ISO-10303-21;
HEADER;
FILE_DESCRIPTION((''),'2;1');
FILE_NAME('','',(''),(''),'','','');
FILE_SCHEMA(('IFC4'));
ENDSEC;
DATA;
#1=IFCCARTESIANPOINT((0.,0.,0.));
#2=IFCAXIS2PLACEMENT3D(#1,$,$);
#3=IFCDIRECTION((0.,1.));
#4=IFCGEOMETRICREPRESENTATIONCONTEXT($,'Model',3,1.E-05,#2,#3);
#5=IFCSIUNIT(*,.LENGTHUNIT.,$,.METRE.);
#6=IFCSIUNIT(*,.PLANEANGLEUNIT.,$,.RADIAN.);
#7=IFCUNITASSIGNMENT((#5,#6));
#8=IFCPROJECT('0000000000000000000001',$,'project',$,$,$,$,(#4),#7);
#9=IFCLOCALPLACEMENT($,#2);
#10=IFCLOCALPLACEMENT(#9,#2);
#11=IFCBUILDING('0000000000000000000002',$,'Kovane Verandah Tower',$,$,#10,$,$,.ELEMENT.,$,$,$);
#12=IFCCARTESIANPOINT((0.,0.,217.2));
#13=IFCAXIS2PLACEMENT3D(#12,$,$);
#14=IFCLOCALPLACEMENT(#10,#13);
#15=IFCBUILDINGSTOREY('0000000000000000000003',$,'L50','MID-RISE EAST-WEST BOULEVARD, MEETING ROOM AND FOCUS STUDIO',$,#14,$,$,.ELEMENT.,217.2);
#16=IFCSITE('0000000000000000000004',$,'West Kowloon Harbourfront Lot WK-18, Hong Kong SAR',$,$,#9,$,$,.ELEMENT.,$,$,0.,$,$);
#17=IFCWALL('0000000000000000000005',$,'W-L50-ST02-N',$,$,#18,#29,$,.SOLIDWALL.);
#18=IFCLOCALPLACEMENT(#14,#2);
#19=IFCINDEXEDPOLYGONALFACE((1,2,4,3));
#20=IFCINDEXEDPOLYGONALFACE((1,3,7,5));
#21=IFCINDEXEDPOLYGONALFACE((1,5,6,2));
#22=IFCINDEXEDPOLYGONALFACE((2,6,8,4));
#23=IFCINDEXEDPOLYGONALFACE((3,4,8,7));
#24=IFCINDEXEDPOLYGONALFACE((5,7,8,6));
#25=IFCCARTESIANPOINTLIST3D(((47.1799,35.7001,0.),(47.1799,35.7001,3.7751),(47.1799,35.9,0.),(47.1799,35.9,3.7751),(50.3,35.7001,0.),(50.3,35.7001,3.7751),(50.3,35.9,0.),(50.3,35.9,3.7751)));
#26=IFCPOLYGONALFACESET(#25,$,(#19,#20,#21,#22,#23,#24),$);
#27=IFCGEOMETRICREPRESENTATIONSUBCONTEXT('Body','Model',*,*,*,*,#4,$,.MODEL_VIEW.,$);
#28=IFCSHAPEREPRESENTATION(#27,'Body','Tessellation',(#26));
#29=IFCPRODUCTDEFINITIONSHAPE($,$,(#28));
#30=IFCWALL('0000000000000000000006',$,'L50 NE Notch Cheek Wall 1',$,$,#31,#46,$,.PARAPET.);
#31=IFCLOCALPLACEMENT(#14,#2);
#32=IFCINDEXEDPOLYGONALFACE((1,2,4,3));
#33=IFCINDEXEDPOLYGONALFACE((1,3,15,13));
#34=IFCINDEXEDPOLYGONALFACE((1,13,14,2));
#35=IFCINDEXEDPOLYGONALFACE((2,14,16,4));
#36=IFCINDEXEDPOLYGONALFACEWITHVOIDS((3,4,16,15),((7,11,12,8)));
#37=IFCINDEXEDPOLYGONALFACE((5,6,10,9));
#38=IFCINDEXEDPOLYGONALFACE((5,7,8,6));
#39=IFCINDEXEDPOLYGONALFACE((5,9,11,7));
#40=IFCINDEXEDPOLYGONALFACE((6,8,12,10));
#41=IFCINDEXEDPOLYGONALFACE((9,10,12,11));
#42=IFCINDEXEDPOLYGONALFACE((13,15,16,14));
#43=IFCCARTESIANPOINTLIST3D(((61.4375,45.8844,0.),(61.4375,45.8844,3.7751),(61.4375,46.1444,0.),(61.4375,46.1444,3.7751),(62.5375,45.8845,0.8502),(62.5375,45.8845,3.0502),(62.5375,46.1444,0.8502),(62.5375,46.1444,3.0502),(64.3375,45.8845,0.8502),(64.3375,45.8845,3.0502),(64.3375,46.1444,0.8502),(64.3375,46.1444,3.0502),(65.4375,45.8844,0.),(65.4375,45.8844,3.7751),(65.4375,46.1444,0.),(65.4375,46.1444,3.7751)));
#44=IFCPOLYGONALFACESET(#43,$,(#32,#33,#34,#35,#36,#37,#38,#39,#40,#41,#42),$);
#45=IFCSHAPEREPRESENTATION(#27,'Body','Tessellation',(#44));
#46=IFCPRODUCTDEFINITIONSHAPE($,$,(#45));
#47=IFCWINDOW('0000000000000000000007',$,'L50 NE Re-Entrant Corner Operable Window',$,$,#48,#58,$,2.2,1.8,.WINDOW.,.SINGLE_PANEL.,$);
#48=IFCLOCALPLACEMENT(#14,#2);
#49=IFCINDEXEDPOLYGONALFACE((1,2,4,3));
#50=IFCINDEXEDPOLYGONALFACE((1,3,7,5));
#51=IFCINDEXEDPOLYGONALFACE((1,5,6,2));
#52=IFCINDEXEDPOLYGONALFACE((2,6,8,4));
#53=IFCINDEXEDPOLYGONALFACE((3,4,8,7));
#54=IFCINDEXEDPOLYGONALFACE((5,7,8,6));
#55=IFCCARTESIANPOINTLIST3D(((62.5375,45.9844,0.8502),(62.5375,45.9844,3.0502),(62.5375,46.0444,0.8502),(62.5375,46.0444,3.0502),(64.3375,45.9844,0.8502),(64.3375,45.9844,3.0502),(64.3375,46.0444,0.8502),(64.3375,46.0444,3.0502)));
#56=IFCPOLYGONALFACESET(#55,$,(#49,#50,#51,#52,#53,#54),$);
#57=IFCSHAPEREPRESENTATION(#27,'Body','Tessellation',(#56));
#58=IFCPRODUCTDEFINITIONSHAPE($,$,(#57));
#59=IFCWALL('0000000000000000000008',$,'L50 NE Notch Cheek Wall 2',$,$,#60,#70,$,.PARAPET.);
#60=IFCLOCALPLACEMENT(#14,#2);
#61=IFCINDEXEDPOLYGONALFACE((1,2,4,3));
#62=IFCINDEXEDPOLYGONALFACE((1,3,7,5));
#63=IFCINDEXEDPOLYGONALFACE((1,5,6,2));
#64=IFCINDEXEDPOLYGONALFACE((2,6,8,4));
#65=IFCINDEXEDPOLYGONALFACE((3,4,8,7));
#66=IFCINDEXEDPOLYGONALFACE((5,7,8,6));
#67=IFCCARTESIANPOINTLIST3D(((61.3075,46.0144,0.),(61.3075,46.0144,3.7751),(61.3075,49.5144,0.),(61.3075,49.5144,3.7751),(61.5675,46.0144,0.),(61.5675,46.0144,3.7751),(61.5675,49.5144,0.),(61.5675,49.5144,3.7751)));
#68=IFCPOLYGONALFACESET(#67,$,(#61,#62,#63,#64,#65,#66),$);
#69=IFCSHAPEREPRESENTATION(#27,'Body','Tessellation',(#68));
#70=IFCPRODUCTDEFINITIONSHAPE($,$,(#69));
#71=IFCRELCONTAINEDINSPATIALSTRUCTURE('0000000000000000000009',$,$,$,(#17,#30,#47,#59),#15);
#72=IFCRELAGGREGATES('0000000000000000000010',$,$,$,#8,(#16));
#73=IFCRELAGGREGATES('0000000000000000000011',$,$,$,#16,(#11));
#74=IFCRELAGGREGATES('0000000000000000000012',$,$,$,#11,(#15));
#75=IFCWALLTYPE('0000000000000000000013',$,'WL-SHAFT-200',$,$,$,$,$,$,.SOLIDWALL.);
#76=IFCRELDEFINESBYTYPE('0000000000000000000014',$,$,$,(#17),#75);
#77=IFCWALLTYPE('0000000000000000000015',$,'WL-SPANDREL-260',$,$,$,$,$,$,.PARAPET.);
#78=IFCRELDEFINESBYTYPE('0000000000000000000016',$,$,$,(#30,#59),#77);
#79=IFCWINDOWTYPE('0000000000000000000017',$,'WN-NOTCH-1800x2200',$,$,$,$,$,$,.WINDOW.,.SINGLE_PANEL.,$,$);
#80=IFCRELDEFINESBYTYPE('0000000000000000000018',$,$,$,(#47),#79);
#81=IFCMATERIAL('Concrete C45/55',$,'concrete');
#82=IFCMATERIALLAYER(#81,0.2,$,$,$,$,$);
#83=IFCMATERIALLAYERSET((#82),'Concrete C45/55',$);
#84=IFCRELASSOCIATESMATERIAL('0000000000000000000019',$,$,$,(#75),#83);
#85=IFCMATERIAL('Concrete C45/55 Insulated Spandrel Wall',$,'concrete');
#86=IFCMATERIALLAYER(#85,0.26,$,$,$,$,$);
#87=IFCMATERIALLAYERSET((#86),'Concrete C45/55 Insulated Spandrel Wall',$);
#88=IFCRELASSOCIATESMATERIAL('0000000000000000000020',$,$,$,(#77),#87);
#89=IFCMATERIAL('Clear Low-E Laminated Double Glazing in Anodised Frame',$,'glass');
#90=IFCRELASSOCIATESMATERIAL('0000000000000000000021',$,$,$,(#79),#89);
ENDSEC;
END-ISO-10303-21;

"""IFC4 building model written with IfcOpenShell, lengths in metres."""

from ifc_helpers import new_model, si_unit, direction, frame, frame_2d, origin, place, context, subcontext, project, spatial, rectangle, extrude, material, layer, layer_set, type_object, element, fill, save


model = new_model("IFC4")

# Units and contexts
model_context = context("Model", 3, precision=1e-05, world=origin(), true_north=direction((0.0, 1.0)))
body_context = subcontext(model_context, "Body", "Model", "MODEL_VIEW")
ifc_project = project(units=[si_unit("LENGTHUNIT", "METRE"), si_unit("PLANEANGLEUNIT", "RADIAN")], contexts=[model_context])

# Site, building, storey
site_placement = place(None, origin())
site = spatial("IfcSite", under=ifc_project, at=site_placement, Name="West Kowloon Harbourfront Lot WK-18, Hong Kong SAR", CompositionType="ELEMENT", RefElevation=0.0)
building_placement = place(site_placement, origin())
building = spatial("IfcBuilding", under=site, at=building_placement, Name="Kovane Verandah Tower", CompositionType="ELEMENT")
storey_placement = place(building_placement, frame((0.0, 0.0, 217.2)))
storey = spatial("IfcBuildingStorey", under=building, at=storey_placement, Name="L50", Description="MID-RISE EAST-WEST BOULEVARD, MEETING ROOM AND FOCUS STUDIO", CompositionType="ELEMENT", Elevation=217.2)

# Wall
ifc_material_1 = material(Name="Concrete C45/55", Category="concrete")
ifc_layer_1 = layer(ifc_material_1, 0.2)
ifc_layer_set_1 = layer_set([ifc_layer_1], Name="Concrete C45/55")
wall_type_1 = type_object("IfcWallType", Name="WL-SHAFT-200", PredefinedType="SOLIDWALL", material=ifc_layer_set_1)
wall_1_placement = place(storey_placement, frame((47.1799, 35.8, 0.0), z_axis=(0.0, 0.0, 1.0), x_axis=(1.0, 0.0, 0.0)))
element("IfcWall", 1, at=wall_1_placement, inside=storey, type_object=wall_type_1, Name="W-L50-ST02-N", PredefinedType="SOLIDWALL", context=body_context, shape_type="SweptSolid", body=[
    extrude(rectangle(XDim=3.1201, YDim=0.2, at=frame_2d((1.5601, 0.0))), origin(), (0.0, 0.0, 1.0), 3.7751),
])

# Shared definitions
ifc_material_2 = material(Name="Concrete C45/55 Insulated Spandrel Wall", Category="concrete")
ifc_layer_2 = layer(ifc_material_2, 0.26)
ifc_layer_set_2 = layer_set([ifc_layer_2], Name="Concrete C45/55 Insulated Spandrel Wall")
wall_type_2 = type_object("IfcWallType", Name="WL-SPANDREL-260", PredefinedType="PARAPET", material=ifc_layer_set_2)
ifc_material_3 = material(Name="Clear Low-E Laminated Double Glazing in Anodised Frame", Category="glass")

# Wall, opening, window
wall_2_placement = place(storey_placement, frame((65.4375, 46.0144, 0.0), z_axis=(0.0, 0.0, 1.0), x_axis=(-1.0, 0.0, 0.0)))
wall_2 = element("IfcWall", 2, at=wall_2_placement, inside=storey, type_object=wall_type_2, Name="L50 NE Notch Cheek Wall 1", PredefinedType="PARAPET", context=body_context, shape_type="SweptSolid", body=[
    extrude(rectangle(XDim=4.0, YDim=0.26, at=frame_2d((2.0, 0.0))), origin(), (0.0, 0.0, 1.0), 3.7751),
])
opening_1_placement = place(wall_2_placement, frame((1.1001, 0.0, 0.8501)))
opening_1 = element("IfcOpeningElement", 3, at=opening_1_placement, cuts=wall_2, PredefinedType="OPENING", context=body_context, shape_type="SweptSolid", body=[
    extrude(rectangle(XDim=1.8, YDim=2.2, at=frame_2d((0.8999, 1.1001))), frame((0.0, 0.1299, 0.0), z_axis=(0.0, -1.0, 0.0), x_axis=(1.0, 0.0, 0.0)), (0.0, 0.0, 1.0), 0.26),
])
window_type_1 = type_object("IfcWindowType", Name="WN-NOTCH-1800x2200", PartitioningType="SINGLE_PANEL", PredefinedType="WINDOW", material=ifc_material_3)
window_1_placement = place(opening_1_placement, origin())
window_1 = element("IfcWindow", 4, at=window_1_placement, inside=storey, type_object=window_type_1, Name="L50 NE Re-Entrant Corner Operable Window", OverallHeight=2.2, OverallWidth=1.8, PartitioningType="SINGLE_PANEL", PredefinedType="WINDOW", context=body_context, shape_type="SweptSolid", body=[
    extrude(rectangle(XDim=1.8, YDim=2.2, at=frame_2d((0.8999, 1.1001))), frame((0.0, 0.03, 0.0), z_axis=(0.0, -1.0, 0.0), x_axis=(1.0, 0.0, 0.0)), (0.0, 0.0, 1.0), 0.0601),
])
fill(opening_1, window_1)

# Wall
wall_3_placement = place(storey_placement, frame((61.4375, 46.0144, 0.0), z_axis=(0.0, 0.0, 1.0), x_axis=(0.0, 1.0, 0.0)))
element("IfcWall", 5, at=wall_3_placement, inside=storey, type_object=wall_type_2, Name="L50 NE Notch Cheek Wall 2", PredefinedType="PARAPET", context=body_context, shape_type="SweptSolid", body=[
    extrude(rectangle(XDim=3.5, YDim=0.26, at=frame_2d((1.75, 0.0))), origin(), (0.0, 0.0, 1.0), 3.7751),
])

save(model, "model.ifc")
